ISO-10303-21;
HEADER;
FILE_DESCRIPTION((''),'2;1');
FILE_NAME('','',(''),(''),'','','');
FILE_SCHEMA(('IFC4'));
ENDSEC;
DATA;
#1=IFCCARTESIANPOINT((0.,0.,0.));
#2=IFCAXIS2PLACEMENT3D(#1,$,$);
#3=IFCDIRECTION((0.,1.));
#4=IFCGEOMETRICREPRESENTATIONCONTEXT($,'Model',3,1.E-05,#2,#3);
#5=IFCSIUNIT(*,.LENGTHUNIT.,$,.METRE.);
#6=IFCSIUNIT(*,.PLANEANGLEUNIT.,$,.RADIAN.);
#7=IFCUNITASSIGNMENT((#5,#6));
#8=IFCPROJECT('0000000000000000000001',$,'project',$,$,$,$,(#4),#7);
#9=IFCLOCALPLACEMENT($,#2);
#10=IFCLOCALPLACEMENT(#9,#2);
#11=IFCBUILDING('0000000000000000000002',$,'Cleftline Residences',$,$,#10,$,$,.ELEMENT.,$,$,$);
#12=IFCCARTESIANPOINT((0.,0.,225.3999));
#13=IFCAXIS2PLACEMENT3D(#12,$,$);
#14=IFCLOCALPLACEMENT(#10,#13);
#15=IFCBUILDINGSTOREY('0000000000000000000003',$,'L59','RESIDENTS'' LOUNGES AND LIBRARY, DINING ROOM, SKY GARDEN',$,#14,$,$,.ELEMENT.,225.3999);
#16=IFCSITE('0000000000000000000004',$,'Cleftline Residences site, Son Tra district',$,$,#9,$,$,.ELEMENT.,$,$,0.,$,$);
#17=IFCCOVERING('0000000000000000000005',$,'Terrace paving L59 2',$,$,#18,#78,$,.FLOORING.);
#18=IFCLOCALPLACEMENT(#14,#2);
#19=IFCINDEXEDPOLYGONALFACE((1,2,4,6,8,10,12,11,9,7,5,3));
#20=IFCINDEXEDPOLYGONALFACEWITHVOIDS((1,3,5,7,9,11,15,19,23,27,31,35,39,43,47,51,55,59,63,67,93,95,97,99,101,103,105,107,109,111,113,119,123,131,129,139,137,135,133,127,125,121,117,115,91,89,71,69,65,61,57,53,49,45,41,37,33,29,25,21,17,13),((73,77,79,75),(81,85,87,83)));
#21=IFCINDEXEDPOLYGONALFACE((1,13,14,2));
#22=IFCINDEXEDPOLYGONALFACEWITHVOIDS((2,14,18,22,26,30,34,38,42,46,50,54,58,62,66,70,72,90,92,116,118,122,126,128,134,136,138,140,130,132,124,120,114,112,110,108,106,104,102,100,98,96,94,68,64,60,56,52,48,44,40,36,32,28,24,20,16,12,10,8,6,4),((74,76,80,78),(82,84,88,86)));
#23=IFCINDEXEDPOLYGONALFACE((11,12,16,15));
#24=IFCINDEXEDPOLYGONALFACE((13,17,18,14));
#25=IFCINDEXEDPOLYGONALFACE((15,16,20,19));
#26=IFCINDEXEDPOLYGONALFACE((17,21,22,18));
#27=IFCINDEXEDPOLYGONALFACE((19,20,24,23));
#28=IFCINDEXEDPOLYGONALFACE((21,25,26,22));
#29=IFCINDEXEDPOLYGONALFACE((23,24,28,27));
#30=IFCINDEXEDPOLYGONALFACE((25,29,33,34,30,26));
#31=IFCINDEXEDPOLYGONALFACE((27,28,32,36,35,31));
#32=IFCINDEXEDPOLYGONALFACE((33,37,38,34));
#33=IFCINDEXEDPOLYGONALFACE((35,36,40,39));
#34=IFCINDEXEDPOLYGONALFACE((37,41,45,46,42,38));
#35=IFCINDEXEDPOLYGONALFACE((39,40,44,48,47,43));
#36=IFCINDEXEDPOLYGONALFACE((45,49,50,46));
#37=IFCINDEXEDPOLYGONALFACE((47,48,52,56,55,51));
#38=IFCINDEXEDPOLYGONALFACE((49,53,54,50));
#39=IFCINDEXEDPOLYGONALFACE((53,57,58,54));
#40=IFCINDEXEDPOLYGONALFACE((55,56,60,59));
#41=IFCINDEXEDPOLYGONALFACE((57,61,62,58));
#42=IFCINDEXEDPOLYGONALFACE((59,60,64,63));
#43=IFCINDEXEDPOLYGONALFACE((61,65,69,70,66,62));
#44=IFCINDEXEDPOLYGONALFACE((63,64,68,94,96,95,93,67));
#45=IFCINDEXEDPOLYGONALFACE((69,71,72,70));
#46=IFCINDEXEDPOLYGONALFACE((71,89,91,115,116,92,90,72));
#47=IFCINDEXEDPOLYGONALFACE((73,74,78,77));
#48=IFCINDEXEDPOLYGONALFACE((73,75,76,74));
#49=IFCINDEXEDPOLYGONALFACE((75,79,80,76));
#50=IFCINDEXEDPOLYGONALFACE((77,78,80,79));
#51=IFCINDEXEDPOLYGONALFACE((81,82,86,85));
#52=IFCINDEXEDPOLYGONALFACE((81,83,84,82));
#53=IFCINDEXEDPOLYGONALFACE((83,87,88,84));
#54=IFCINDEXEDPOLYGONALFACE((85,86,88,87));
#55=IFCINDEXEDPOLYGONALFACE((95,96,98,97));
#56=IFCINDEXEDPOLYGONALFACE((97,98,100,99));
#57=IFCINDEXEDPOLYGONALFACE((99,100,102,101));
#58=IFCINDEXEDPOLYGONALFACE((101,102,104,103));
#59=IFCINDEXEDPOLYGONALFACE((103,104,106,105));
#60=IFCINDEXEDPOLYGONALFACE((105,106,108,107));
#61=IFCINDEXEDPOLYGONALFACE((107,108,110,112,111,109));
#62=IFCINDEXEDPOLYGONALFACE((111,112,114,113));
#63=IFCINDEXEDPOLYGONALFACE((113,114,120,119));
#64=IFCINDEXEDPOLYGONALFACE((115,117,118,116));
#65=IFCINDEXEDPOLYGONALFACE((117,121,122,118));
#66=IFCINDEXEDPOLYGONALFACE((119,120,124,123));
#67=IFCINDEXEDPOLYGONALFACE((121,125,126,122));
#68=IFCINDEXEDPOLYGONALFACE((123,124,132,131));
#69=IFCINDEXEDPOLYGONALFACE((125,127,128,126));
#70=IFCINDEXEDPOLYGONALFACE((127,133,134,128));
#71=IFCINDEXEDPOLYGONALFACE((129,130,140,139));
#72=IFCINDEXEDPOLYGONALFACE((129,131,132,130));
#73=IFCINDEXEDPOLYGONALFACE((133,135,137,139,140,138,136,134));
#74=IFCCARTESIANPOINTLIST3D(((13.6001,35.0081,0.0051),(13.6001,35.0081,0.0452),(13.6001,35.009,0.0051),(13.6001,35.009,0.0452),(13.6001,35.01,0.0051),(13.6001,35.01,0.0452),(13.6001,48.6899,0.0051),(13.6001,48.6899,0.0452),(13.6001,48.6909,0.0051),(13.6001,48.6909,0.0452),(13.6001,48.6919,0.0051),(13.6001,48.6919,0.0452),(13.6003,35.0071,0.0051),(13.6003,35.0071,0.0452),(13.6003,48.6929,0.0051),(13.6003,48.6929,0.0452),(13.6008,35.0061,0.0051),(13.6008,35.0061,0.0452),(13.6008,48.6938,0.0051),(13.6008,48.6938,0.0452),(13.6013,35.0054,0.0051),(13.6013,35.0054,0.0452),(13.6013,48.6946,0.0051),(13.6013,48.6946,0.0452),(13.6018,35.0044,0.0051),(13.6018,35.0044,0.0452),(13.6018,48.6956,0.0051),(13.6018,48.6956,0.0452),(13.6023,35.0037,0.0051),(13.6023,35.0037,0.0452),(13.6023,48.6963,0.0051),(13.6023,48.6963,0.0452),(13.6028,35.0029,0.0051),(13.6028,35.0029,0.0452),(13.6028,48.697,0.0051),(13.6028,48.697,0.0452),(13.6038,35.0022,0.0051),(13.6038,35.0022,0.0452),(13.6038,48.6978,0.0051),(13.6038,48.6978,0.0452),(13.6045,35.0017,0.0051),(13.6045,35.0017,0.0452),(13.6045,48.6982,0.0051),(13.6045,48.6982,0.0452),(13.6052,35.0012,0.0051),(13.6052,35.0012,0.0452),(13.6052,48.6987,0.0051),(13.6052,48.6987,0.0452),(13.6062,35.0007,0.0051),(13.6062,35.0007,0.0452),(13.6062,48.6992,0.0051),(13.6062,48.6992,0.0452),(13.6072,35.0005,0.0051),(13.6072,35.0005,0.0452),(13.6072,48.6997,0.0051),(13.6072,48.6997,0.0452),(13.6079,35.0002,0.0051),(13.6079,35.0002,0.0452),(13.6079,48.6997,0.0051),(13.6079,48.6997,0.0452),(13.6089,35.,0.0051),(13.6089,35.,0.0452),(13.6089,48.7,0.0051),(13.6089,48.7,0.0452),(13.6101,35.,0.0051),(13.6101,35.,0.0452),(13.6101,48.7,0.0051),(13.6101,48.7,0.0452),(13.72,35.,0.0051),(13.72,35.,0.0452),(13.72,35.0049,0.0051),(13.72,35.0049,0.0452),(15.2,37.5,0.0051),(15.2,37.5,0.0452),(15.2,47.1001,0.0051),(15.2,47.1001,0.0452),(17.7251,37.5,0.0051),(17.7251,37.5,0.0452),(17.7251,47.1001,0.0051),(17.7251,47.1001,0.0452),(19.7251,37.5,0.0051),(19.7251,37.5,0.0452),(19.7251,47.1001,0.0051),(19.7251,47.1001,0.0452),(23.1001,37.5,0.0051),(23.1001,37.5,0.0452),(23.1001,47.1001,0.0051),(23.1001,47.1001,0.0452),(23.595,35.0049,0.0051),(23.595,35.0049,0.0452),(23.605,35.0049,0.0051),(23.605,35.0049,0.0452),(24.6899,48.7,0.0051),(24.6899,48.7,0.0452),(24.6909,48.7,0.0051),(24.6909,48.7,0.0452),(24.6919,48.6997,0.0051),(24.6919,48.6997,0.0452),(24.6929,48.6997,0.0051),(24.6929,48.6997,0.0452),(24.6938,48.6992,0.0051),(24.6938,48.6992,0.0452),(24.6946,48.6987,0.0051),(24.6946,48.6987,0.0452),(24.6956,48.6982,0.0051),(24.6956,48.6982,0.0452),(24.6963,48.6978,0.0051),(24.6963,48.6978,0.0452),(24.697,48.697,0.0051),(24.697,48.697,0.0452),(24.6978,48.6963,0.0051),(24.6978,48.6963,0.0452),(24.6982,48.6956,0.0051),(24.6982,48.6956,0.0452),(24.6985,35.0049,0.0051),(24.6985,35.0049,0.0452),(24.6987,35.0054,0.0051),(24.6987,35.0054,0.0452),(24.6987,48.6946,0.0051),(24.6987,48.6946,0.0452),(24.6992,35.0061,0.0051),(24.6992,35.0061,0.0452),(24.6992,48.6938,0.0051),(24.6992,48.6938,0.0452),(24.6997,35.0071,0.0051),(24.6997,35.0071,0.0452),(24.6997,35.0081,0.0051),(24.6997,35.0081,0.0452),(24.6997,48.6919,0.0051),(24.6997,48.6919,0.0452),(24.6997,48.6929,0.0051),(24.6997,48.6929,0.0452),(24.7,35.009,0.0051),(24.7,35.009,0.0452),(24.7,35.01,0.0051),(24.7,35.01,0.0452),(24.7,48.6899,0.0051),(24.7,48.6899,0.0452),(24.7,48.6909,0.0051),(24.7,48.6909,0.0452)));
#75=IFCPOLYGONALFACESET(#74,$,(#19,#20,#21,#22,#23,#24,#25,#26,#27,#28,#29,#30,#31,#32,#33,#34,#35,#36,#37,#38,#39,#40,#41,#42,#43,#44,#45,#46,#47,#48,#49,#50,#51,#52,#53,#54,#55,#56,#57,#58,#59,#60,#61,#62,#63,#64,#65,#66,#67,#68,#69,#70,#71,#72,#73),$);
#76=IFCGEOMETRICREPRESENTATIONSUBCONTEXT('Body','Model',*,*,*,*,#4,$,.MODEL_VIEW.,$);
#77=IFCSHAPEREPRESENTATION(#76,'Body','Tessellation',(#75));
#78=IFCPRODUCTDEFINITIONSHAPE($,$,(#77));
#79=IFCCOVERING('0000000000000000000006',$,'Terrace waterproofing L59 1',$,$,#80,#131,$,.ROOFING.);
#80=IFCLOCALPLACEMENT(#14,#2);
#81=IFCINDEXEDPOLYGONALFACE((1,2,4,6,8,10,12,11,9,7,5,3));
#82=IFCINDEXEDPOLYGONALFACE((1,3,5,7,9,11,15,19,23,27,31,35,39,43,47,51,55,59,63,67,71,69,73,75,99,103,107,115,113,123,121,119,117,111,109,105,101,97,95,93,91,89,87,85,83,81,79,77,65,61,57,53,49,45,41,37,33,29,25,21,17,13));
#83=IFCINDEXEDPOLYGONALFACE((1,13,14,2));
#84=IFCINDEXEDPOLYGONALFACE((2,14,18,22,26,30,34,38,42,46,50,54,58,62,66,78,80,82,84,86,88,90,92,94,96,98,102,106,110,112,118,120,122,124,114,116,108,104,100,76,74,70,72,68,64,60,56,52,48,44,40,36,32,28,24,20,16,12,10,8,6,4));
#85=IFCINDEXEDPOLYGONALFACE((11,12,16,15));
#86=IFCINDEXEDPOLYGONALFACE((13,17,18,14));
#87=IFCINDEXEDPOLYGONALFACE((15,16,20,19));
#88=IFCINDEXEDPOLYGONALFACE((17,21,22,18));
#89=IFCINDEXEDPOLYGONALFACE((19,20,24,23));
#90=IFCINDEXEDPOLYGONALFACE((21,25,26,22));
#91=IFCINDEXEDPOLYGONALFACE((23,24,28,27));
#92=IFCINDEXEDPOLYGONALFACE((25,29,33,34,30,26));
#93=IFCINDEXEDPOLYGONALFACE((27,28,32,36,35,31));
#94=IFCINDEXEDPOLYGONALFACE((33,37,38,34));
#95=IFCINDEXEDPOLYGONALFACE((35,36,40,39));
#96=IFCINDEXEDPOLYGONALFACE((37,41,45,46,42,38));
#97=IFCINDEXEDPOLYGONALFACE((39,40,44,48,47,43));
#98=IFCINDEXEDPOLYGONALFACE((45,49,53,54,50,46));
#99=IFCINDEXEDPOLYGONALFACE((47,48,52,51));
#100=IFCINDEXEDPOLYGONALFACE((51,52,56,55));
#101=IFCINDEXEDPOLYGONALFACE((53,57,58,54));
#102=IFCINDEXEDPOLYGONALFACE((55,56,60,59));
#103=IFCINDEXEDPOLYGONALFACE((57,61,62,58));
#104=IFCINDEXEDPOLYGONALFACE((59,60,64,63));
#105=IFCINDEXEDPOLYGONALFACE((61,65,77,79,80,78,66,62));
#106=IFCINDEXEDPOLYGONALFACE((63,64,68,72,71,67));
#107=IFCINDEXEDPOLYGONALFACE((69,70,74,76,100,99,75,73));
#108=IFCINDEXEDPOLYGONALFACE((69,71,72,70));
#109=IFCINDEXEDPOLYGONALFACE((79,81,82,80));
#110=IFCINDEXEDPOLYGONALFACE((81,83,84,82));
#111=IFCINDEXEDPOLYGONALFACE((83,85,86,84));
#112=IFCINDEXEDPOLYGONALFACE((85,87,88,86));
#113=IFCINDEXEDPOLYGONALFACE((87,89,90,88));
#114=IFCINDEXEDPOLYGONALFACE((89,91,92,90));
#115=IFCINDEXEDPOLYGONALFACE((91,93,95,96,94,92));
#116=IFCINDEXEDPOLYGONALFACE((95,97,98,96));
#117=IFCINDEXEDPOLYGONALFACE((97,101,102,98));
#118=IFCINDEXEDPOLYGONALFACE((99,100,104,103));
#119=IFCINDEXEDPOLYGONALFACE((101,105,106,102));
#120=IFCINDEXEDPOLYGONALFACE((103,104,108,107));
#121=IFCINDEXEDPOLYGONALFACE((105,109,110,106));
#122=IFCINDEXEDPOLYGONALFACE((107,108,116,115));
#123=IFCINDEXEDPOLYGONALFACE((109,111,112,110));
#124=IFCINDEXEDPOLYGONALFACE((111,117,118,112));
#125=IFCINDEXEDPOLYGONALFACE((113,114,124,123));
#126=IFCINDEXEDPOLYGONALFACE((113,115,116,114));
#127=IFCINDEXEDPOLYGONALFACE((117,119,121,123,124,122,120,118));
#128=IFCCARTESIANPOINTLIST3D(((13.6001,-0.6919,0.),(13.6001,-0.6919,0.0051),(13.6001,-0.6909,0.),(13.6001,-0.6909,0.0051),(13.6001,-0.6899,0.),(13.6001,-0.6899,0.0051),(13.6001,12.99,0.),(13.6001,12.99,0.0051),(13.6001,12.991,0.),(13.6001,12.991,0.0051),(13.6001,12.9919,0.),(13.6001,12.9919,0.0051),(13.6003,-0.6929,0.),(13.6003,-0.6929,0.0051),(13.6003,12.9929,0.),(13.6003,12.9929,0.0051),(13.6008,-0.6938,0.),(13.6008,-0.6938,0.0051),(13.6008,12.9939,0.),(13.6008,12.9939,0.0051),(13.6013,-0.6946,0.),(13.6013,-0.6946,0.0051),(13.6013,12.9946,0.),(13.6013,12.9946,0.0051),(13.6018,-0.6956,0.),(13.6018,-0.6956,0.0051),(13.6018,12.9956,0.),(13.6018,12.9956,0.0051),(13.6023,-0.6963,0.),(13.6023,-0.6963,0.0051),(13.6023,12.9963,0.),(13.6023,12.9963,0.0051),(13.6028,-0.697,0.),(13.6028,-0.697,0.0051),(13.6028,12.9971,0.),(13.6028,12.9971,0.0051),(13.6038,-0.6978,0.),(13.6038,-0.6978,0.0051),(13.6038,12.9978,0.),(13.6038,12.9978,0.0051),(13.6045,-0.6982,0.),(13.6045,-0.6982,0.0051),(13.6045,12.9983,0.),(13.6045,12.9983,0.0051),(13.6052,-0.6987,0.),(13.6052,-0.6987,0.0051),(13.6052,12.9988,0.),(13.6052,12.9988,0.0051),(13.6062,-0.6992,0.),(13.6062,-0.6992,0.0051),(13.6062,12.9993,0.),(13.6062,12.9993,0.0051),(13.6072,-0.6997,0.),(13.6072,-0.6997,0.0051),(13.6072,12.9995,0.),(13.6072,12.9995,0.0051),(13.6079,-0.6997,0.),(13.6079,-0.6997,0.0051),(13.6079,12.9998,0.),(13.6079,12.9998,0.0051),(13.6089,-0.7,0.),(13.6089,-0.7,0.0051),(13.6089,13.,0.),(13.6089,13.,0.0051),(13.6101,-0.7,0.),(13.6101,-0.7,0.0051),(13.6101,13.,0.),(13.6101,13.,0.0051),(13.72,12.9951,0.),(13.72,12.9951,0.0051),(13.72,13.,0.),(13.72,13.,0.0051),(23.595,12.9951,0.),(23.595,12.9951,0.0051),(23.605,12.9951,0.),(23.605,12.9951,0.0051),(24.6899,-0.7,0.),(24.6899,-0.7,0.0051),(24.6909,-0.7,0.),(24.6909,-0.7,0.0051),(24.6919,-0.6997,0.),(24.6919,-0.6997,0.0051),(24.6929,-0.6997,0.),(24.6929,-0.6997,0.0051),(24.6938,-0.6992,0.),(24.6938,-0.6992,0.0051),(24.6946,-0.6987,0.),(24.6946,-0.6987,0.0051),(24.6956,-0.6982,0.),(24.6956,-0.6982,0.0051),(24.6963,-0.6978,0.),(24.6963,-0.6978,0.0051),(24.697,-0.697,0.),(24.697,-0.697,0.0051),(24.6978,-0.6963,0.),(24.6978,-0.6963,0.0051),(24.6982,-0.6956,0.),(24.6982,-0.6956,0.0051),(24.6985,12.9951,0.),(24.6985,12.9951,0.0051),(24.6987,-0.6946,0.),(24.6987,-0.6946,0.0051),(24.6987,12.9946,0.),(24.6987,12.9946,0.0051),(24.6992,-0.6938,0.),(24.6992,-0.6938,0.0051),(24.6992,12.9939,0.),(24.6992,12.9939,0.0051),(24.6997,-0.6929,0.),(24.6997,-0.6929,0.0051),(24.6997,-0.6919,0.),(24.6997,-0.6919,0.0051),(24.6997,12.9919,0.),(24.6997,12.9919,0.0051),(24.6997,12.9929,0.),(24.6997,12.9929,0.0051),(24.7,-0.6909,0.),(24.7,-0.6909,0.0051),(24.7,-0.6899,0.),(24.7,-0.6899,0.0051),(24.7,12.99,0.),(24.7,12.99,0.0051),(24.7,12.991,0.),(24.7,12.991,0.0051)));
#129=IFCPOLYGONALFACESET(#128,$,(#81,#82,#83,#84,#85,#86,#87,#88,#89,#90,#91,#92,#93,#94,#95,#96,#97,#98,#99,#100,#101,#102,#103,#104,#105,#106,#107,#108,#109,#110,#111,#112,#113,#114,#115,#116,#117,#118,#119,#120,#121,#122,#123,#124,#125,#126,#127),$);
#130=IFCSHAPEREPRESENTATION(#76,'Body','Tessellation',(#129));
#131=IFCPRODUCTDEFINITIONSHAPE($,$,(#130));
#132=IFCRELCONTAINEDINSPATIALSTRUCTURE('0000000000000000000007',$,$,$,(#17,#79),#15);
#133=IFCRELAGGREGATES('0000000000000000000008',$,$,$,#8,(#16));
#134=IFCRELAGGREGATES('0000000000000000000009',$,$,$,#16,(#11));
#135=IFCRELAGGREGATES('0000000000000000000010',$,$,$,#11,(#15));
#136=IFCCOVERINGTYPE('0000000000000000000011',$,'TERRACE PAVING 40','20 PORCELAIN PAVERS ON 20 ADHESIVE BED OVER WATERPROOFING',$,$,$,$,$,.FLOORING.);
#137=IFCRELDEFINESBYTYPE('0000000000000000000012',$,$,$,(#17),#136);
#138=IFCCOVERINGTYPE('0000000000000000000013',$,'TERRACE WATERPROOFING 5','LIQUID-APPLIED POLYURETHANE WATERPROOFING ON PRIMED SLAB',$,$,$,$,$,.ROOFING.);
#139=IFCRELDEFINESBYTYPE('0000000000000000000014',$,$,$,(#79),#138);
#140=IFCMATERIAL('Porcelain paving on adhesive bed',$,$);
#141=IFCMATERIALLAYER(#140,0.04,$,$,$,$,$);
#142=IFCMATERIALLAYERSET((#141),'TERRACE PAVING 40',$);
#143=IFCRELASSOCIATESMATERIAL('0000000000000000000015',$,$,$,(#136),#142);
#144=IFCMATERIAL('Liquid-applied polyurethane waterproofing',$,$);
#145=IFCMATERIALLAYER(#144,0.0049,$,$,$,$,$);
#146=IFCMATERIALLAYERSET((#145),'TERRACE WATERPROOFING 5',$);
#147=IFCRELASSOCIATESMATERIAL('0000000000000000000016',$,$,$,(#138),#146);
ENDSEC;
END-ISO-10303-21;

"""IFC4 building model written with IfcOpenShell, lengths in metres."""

from ifc_helpers import new_model, si_unit, direction, frame, origin, place, context, subcontext, project, spatial, polyline, outline, extrude, material, layer, layer_set, type_object, element, save


model = new_model("IFC4")

# Units and contexts
model_context = context("Model", 3, precision=1e-05, world=origin(), true_north=direction((0.0, 1.0)))
body_context = subcontext(model_context, "Body", "Model", "MODEL_VIEW")
ifc_project = project(units=[si_unit("LENGTHUNIT", "METRE"), si_unit("PLANEANGLEUNIT", "RADIAN")], contexts=[model_context])

# Site, building, storey
site_placement = place(None, origin())
site = spatial("IfcSite", under=ifc_project, at=site_placement, Name="Cleftline Residences site, Son Tra district", CompositionType="ELEMENT", RefElevation=0.0)
building_placement = place(site_placement, origin())
building = spatial("IfcBuilding", under=site, at=building_placement, Name="Cleftline Residences", CompositionType="ELEMENT")
storey_placement = place(building_placement, frame((0.0, 0.0, 225.3999)))
storey = spatial("IfcBuildingStorey", under=building, at=storey_placement, Name="L59", Description="RESIDENTS' LOUNGES AND LIBRARY, DINING ROOM, SKY GARDEN", CompositionType="ELEMENT", Elevation=225.3999)

# Coverings
ifc_material_1 = material(Name="Porcelain paving on adhesive bed")
ifc_layer_1 = layer(ifc_material_1, 0.04)
ifc_layer_set_1 = layer_set([ifc_layer_1], Name="TERRACE PAVING 40")
covering_type_1 = type_object("IfcCoveringType", Name="TERRACE PAVING 40", Description="20 PORCELAIN PAVERS ON 20 ADHESIVE BED OVER WATERPROOFING", PredefinedType="FLOORING", material=ifc_layer_set_1)
covering_1_placement = place(storey_placement, frame((0.0, 0.0, 0.0051)))
element("IfcCovering", 1, at=covering_1_placement, inside=storey, type_object=covering_type_1, Name="Terrace paving L59 2", PredefinedType="FLOORING", context=body_context, shape_type="SweptSolid", body=[
    extrude(outline(polyline([(13.6001, 48.6899), (13.6001, 35.01), (13.6001, 35.009), (13.6001, 35.0081), (13.6003, 35.0071), (13.6008, 35.0061), (13.6013, 35.0054), (13.6018, 35.0044), (13.6023, 35.0037), (13.6028, 35.0029), (13.6038, 35.0022), (13.6045, 35.0017), (13.6052, 35.0012), (13.6062, 35.0007), (13.6072, 35.0005), (13.6079, 35.0002), (13.6089, 35.0), (13.6101, 35.0), (13.72, 35.0), (13.72, 35.0049), (23.595, 35.0049), (23.605, 35.0049), (24.6985, 35.0049), (24.6987, 35.0054), (24.6992, 35.0061), (24.6997, 35.0071), (24.6997, 35.0081), (24.7, 35.009), (24.7, 35.01), (24.7, 48.6899), (24.7, 48.6909), (24.6997, 48.6919), (24.6997, 48.6929), (24.6992, 48.6938), (24.6987, 48.6946), (24.6982, 48.6956), (24.6978, 48.6963), (24.697, 48.697), (24.6963, 48.6978), (24.6956, 48.6982), (24.6946, 48.6987), (24.6938, 48.6992), (24.6929, 48.6997), (24.6919, 48.6997), (24.6909, 48.7), (24.6899, 48.7), (13.6101, 48.7), (13.6089, 48.7), (13.6079, 48.6997), (13.6072, 48.6997), (13.6062, 48.6992), (13.6052, 48.6987), (13.6045, 48.6982), (13.6038, 48.6978), (13.6028, 48.697), (13.6023, 48.6963), (13.6018, 48.6956), (13.6013, 48.6946), (13.6008, 48.6938), (13.6003, 48.6929), (13.6001, 48.6919), (13.6001, 48.6909), (13.6001, 48.6899)]), holes=[polyline([(15.2, 47.1001), (15.2, 37.5), (17.7251, 37.5), (17.7251, 47.1001), (15.2, 47.1001)]), polyline([(23.1001, 47.1001), (19.7251, 47.1001), (19.7251, 37.5), (23.1001, 37.5), (23.1001, 47.1001)])]), origin(), (0.0, 0.0, 1.0), 0.04),
])
ifc_material_2 = material(Name="Liquid-applied polyurethane waterproofing")
ifc_layer_2 = layer(ifc_material_2, 0.0049)
ifc_layer_set_2 = layer_set([ifc_layer_2], Name="TERRACE WATERPROOFING 5")
covering_type_2 = type_object("IfcCoveringType", Name="TERRACE WATERPROOFING 5", Description="LIQUID-APPLIED POLYURETHANE WATERPROOFING ON PRIMED SLAB", PredefinedType="ROOFING", material=ifc_layer_set_2)
covering_2_placement = place(storey_placement, origin())
element("IfcCovering", 2, at=covering_2_placement, inside=storey, type_object=covering_type_2, Name="Terrace waterproofing L59 1", PredefinedType="ROOFING", context=body_context, shape_type="SweptSolid", body=[
    extrude(outline(polyline([(24.6899, -0.7), (24.6909, -0.7), (24.6919, -0.6997), (24.6929, -0.6997), (24.6938, -0.6992), (24.6946, -0.6987), (24.6956, -0.6982), (24.6963, -0.6978), (24.697, -0.697), (24.6978, -0.6963), (24.6982, -0.6956), (24.6987, -0.6946), (24.6992, -0.6938), (24.6997, -0.6929), (24.6997, -0.6919), (24.7, -0.6909), (24.7, -0.6899), (24.7, 12.99), (24.7, 12.991), (24.6997, 12.9919), (24.6997, 12.9929), (24.6992, 12.9939), (24.6987, 12.9946), (24.6985, 12.9951), (23.605, 12.9951), (23.595, 12.9951), (13.72, 12.9951), (13.72, 13.0), (13.6101, 13.0), (13.6089, 13.0), (13.6079, 12.9998), (13.6072, 12.9995), (13.6062, 12.9993), (13.6052, 12.9988), (13.6045, 12.9983), (13.6038, 12.9978), (13.6028, 12.9971), (13.6023, 12.9963), (13.6018, 12.9956), (13.6013, 12.9946), (13.6008, 12.9939), (13.6003, 12.9929), (13.6001, 12.9919), (13.6001, 12.991), (13.6001, 12.99), (13.6001, -0.6899), (13.6001, -0.6909), (13.6001, -0.6919), (13.6003, -0.6929), (13.6008, -0.6938), (13.6013, -0.6946), (13.6018, -0.6956), (13.6023, -0.6963), (13.6028, -0.697), (13.6038, -0.6978), (13.6045, -0.6982), (13.6052, -0.6987), (13.6062, -0.6992), (13.6072, -0.6997), (13.6079, -0.6997), (13.6089, -0.7), (13.6101, -0.7), (24.6899, -0.7)])), origin(), (0.0, 0.0, 1.0), 0.0051),
])

save(model, "model.ifc")
